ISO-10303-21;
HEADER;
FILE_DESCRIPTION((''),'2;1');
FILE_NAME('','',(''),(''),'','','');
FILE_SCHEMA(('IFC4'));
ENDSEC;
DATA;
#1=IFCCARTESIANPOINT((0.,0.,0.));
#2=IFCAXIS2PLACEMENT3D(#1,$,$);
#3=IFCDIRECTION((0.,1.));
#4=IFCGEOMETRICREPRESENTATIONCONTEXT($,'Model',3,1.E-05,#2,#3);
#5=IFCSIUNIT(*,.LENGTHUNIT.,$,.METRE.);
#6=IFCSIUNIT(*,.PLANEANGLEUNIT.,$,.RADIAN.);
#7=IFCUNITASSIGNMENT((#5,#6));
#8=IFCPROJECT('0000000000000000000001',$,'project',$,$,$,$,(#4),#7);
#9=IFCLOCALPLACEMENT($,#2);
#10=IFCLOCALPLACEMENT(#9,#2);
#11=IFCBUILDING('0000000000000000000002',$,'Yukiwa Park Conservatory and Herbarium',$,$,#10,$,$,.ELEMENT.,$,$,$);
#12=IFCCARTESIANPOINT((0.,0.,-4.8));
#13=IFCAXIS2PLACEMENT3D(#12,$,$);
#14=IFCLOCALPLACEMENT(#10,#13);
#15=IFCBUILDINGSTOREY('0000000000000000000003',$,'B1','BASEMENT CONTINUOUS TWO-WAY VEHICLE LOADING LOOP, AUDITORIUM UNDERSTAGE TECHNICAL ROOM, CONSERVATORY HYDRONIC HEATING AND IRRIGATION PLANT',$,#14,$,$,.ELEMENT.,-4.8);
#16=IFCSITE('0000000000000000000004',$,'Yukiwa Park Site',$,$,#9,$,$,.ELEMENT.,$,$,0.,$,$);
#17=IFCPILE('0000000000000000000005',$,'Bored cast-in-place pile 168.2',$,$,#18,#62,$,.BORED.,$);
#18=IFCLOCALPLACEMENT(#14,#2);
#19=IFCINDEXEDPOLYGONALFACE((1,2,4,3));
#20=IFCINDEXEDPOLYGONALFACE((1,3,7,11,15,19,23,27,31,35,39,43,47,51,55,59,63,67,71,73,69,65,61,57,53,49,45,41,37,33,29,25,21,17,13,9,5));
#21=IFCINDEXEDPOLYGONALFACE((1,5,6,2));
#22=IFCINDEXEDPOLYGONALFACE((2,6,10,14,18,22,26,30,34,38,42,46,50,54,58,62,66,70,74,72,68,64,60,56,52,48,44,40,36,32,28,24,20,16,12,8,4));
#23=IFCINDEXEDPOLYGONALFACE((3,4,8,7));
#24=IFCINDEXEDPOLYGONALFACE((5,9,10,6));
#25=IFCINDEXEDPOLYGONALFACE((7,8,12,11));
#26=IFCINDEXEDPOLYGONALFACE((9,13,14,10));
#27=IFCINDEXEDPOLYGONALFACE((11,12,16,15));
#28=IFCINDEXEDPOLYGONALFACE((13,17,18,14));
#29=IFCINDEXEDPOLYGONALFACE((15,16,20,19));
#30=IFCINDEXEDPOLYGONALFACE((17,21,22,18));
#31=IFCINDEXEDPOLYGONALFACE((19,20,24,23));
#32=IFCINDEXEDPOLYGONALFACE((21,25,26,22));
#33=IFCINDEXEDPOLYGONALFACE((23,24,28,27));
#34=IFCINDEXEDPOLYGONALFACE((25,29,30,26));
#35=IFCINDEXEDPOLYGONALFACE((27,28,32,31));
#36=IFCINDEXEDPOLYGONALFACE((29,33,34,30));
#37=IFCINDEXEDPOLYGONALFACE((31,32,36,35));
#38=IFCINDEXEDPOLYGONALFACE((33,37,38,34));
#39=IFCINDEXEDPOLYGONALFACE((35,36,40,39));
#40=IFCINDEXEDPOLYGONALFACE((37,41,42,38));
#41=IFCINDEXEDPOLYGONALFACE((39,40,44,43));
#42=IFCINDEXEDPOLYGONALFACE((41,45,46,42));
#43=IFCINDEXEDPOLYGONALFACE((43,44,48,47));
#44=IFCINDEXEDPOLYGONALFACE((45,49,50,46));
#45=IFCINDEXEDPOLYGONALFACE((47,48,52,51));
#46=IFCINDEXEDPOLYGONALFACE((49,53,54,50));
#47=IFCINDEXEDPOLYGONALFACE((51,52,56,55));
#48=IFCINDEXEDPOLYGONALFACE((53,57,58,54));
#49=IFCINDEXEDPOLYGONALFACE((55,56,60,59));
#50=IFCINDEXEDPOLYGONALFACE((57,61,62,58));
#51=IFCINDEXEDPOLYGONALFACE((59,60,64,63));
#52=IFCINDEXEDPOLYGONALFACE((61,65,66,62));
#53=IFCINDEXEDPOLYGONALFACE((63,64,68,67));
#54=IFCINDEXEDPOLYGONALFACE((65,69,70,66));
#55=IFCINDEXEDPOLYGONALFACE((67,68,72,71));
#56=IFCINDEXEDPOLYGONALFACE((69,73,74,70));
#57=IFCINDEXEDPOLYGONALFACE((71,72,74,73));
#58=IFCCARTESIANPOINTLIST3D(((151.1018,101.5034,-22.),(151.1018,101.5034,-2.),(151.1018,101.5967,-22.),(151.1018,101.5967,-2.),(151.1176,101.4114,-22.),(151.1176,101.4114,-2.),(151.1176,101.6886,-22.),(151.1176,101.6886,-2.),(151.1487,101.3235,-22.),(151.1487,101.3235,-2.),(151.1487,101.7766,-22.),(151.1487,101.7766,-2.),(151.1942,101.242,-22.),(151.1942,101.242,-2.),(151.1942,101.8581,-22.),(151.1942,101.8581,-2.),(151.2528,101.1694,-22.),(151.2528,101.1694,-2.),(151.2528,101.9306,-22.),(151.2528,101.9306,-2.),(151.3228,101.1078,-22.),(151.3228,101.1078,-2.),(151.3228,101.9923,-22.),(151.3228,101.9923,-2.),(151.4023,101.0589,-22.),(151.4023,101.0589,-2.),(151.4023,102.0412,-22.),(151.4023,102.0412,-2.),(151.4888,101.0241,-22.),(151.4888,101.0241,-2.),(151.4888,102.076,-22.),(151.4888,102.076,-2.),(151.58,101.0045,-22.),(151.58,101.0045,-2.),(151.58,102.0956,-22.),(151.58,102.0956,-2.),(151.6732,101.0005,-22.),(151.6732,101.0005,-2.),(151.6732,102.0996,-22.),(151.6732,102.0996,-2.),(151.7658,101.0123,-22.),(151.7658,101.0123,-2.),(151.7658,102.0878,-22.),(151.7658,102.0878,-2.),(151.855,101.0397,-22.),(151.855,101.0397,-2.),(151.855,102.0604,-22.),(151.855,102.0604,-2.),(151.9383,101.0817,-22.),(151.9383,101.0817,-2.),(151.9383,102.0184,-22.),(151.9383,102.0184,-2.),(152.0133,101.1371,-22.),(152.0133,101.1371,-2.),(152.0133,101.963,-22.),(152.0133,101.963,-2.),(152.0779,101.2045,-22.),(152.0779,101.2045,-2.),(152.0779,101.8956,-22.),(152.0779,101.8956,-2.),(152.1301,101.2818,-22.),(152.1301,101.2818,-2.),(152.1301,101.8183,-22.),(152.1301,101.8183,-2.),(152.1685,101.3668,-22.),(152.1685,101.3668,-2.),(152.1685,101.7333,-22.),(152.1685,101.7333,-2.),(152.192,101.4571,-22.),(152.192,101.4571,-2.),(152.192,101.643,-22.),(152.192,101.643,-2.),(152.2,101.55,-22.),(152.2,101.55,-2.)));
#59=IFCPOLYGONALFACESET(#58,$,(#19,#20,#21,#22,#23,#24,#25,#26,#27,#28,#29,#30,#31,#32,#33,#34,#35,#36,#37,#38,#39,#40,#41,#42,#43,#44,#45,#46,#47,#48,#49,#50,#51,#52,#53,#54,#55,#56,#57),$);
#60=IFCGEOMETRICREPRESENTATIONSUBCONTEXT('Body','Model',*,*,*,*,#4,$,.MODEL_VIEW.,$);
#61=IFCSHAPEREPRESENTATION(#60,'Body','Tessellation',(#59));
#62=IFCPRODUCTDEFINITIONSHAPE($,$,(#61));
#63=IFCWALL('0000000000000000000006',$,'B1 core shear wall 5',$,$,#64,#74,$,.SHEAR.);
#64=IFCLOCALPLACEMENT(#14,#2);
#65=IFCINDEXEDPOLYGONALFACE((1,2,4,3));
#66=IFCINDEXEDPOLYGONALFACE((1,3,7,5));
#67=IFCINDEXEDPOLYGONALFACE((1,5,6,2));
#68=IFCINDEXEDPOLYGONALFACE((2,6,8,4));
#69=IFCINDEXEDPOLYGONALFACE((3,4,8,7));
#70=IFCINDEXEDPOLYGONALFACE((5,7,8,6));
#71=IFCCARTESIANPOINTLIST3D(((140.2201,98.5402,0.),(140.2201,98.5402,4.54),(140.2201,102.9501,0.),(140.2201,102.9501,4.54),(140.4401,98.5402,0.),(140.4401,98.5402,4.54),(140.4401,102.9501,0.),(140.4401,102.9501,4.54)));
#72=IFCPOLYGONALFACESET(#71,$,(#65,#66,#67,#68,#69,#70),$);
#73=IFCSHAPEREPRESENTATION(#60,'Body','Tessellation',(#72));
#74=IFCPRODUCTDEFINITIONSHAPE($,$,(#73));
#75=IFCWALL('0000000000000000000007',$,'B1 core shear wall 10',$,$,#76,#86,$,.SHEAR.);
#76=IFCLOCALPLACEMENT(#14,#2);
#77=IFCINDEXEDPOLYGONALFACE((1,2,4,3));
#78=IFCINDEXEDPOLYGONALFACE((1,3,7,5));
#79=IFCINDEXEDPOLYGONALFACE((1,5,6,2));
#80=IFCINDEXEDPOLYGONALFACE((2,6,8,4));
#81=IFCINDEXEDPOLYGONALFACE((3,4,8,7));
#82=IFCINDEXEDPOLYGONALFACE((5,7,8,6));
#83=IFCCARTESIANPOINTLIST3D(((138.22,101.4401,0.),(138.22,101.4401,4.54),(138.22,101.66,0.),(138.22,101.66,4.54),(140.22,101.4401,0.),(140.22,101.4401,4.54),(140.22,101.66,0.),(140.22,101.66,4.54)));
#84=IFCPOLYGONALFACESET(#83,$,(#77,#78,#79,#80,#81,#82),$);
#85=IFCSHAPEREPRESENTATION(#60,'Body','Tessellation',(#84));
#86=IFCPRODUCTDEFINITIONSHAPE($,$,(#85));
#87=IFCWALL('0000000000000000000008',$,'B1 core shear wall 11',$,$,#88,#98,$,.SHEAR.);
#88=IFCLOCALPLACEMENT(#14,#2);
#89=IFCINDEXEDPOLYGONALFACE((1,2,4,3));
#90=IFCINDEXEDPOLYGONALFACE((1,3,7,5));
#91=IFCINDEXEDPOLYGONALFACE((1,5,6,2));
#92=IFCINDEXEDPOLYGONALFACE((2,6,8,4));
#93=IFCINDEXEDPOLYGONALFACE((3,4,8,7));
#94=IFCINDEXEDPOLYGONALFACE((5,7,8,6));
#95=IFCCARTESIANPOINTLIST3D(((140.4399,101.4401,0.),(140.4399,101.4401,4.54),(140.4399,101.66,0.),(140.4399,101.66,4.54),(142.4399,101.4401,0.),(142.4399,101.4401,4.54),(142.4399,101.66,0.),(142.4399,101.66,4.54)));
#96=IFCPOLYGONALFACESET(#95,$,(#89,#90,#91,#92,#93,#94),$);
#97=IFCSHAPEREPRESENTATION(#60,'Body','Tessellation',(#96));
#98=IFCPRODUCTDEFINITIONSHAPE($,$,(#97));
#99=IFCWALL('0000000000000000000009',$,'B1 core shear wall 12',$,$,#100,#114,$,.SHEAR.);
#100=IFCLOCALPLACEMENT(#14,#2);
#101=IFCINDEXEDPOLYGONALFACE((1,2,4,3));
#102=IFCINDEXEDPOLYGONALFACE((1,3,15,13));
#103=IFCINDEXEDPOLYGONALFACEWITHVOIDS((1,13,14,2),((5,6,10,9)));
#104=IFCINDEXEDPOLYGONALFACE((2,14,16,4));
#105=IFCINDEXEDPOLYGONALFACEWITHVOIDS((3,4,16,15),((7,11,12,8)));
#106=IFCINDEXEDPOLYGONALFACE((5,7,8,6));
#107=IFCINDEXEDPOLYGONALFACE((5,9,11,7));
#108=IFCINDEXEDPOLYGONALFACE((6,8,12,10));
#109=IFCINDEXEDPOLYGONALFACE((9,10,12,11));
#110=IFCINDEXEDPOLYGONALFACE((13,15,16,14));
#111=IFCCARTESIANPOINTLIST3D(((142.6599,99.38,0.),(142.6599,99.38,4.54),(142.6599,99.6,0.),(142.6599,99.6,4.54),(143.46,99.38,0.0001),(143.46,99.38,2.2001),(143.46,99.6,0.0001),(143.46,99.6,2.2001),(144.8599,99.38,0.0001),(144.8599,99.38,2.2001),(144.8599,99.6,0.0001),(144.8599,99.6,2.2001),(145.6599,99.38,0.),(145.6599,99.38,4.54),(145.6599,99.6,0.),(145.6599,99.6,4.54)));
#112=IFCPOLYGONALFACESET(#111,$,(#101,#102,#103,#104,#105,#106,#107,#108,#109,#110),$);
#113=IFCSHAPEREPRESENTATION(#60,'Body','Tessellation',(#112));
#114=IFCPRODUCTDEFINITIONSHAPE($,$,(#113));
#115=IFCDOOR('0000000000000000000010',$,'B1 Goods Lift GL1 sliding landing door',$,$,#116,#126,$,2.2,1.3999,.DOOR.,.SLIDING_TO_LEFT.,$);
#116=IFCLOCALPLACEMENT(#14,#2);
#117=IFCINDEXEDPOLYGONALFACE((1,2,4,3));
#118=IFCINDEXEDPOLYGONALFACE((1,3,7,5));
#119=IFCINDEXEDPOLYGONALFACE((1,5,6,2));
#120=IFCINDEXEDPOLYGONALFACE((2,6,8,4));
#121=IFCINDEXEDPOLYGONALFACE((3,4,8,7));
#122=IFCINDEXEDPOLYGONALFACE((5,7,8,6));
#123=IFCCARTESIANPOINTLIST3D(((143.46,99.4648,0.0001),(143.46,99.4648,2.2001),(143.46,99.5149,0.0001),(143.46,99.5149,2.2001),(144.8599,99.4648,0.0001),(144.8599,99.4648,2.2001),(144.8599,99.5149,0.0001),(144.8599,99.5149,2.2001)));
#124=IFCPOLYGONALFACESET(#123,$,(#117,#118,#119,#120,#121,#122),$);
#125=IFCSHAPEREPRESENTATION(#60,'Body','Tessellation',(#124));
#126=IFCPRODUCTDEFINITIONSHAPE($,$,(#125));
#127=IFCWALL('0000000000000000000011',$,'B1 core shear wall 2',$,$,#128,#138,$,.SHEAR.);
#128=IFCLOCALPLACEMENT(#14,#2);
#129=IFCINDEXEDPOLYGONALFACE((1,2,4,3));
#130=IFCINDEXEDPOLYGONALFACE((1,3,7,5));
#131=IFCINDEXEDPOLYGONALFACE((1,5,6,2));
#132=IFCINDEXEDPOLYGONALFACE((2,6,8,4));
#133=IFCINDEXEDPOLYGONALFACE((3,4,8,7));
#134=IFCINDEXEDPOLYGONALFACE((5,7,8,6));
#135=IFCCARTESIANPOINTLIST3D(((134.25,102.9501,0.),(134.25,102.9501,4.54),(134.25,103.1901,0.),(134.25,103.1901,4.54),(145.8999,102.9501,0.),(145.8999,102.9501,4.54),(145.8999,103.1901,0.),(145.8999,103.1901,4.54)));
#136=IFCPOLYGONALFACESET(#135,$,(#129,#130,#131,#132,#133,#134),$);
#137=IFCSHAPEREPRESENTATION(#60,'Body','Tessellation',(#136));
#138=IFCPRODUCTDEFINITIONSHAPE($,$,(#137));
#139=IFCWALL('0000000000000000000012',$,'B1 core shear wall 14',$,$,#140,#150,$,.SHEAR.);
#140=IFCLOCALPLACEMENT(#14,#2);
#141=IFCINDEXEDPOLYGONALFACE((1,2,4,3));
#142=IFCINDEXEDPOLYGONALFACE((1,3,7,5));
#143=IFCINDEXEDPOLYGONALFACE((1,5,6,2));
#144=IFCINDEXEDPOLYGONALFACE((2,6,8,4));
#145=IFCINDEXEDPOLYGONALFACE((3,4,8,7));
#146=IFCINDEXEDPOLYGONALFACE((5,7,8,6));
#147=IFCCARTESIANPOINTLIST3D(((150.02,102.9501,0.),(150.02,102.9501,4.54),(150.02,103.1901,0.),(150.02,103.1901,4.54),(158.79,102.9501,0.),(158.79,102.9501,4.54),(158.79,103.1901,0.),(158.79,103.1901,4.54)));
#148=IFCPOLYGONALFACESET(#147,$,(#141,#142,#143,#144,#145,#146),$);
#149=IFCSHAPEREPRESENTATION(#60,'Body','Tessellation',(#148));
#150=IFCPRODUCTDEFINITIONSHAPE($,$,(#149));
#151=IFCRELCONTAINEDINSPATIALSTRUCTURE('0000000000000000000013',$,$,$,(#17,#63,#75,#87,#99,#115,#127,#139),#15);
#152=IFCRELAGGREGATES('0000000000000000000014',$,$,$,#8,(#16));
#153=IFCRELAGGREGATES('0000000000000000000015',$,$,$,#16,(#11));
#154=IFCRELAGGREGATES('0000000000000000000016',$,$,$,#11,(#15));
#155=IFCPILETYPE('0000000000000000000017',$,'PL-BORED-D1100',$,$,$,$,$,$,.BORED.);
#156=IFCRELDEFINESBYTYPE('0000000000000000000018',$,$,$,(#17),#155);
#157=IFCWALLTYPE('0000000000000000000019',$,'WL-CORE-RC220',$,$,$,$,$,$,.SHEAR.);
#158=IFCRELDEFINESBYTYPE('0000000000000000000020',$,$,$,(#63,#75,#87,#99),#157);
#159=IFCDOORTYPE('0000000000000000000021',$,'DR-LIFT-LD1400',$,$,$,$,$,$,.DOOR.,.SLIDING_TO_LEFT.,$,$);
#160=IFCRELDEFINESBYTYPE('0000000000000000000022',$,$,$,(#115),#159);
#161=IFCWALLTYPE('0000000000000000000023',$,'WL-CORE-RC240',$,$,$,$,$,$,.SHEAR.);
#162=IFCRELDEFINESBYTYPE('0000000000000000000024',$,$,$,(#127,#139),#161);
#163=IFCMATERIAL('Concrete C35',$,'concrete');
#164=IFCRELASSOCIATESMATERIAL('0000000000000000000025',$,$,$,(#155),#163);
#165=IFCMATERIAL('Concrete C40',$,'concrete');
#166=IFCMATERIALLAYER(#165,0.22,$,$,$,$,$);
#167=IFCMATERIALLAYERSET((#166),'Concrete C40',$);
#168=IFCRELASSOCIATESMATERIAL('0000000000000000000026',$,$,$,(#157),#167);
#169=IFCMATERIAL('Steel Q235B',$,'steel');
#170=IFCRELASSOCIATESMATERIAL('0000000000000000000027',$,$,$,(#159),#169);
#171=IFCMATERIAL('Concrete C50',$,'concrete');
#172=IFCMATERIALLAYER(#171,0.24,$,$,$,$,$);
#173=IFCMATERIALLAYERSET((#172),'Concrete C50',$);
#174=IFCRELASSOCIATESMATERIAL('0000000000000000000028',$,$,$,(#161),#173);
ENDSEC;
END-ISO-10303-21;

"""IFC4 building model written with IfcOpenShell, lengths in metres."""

from ifc_helpers import new_model, si_unit, direction, frame, frame_2d, origin, origin_2d, place, context, subcontext, project, spatial, rectangle, circle, extrude, material, layer, layer_set, material_profile, profile_set, type_object, element, fill, save


model = new_model("IFC4")

# Units and contexts
model_context = context("Model", 3, precision=1e-05, world=origin(), true_north=direction((0.0, 1.0)))
body_context = subcontext(model_context, "Body", "Model", "MODEL_VIEW")
ifc_project = project(units=[si_unit("LENGTHUNIT", "METRE"), si_unit("PLANEANGLEUNIT", "RADIAN")], contexts=[model_context])

# Site, building, storey
site_placement = place(None, origin())
site = spatial("IfcSite", under=ifc_project, at=site_placement, Name="Yukiwa Park Site", CompositionType="ELEMENT", RefElevation=0.0)
building_placement = place(site_placement, origin())
building = spatial("IfcBuilding", under=site, at=building_placement, Name="Yukiwa Park Conservatory and Herbarium", CompositionType="ELEMENT")
storey_placement = place(building_placement, frame((0.0, 0.0, -4.8)))
storey = spatial("IfcBuildingStorey", under=building, at=storey_placement, Name="B1", Description="BASEMENT CONTINUOUS TWO-WAY VEHICLE LOADING LOOP, AUDITORIUM UNDERSTAGE TECHNICAL ROOM, CONSERVATORY HYDRONIC HEATING AND IRRIGATION PLANT", CompositionType="ELEMENT", Elevation=-4.8)

# Pile
ifc_material_1 = material(Name="Concrete C35", Category="concrete")
ifc_material_profile = material_profile(ifc_material_1, circle(Radius=0.55, at=origin_2d()), Name="PILE D1100")
ifc_profile_set = profile_set([ifc_material_profile], Name="Concrete C35")
pile_type = type_object("IfcPileType", Name="PL-BORED-D1100", PredefinedType="BORED", material=ifc_profile_set)
for number, where, z_axis, x_axis, name in (
    (1, (151.6499, 101.55, -2.0), (0.0, 0.0, -1.0), (1.0, 0.0, 0.0), "Bored cast-in-place pile 168.2"),
):
    element("IfcPile", number, at=place(storey_placement, frame(where, z_axis=z_axis, x_axis=x_axis)), inside=storey, type_object=pile_type, Name=name, PredefinedType="BORED", context=body_context, shape_type="SweptSolid", body=[
        extrude(circle(Radius=0.55, at=origin_2d()), origin(), (0.0, 0.0, 1.0), 20.0),
    ])

# Wall
ifc_material_2 = material(Name="Concrete C40", Category="concrete")
ifc_layer_1 = layer(ifc_material_2, 0.22)
ifc_layer_set_1 = layer_set([ifc_layer_1], Name="Concrete C40")
wall_type_1 = type_object("IfcWallType", Name="WL-CORE-RC220", PredefinedType="SHEAR", material=ifc_layer_set_1)
wall_1_placement = place(storey_placement, frame((140.3301, 98.54, 0.0), z_axis=(0.0, 0.0, 1.0), x_axis=(0.0, 1.0, 0.0)))
element("IfcWall", 2, at=wall_1_placement, inside=storey, type_object=wall_type_1, Name="B1 core shear wall 5", PredefinedType="SHEAR", context=body_context, shape_type="SweptSolid", body=[
    extrude(rectangle(XDim=4.4099, YDim=0.22, at=frame_2d((2.2051, 0.0))), origin(), (0.0, 0.0, 1.0), 4.54),
])

# Walls
for number, where, z_axis, x_axis, name in (
    (3, (138.22, 101.55, 0.0), (0.0, 0.0, 1.0), (1.0, 0.0, 0.0), "B1 core shear wall 10"),
    (4, (140.4399, 101.55, 0.0), (0.0, 0.0, 1.0), (1.0, 0.0, 0.0), "B1 core shear wall 11"),
):
    element("IfcWall", number, at=place(storey_placement, frame(where, z_axis=z_axis, x_axis=x_axis)), inside=storey, type_object=wall_type_1, Name=name, PredefinedType="SHEAR", context=body_context, shape_type="SweptSolid", body=[
        extrude(rectangle(XDim=2.0, YDim=0.22, at=frame_2d((1.0, 0.0))), origin(), (0.0, 0.0, 1.0), 4.54),
    ])

# Wall, opening, door
wall_2_placement = place(storey_placement, frame((142.6599, 99.49, 0.0), z_axis=(0.0, 0.0, 1.0), x_axis=(1.0, 0.0, 0.0)))
wall_2 = element("IfcWall", 5, at=wall_2_placement, inside=storey, type_object=wall_type_1, Name="B1 core shear wall 12", PredefinedType="SHEAR", context=body_context, shape_type="SweptSolid", body=[
    extrude(rectangle(XDim=3.0, YDim=0.22, at=frame_2d((1.5, 0.0))), origin(), (0.0, 0.0, 1.0), 4.54),
])
opening_1_placement = place(wall_2_placement, frame((0.8, 0.0, 0.0)))
opening_1 = element("IfcOpeningElement", 6, at=opening_1_placement, cuts=wall_2, PredefinedType="OPENING", context=body_context, shape_type="SweptSolid", body=[
    extrude(rectangle(XDim=1.3999, YDim=2.2, at=frame_2d((0.7, 1.1001))), frame((0.0, 0.1201, 0.0), z_axis=(0.0, -1.0, 0.0), x_axis=(1.0, 0.0, 0.0)), (0.0, 0.0, 1.0), 0.24),
])
ifc_material_3 = material(Name="Steel Q235B", Category="steel")
door_type_1 = type_object("IfcDoorType", Name="DR-LIFT-LD1400", OperationType="SLIDING_TO_LEFT", PredefinedType="DOOR", material=ifc_material_3)
door_1_placement = place(opening_1_placement, origin())
door_1 = element("IfcDoor", 7, at=door_1_placement, inside=storey, type_object=door_type_1, Name="B1 Goods Lift GL1 sliding landing door", OperationType="SLIDING_TO_LEFT", OverallHeight=2.2, OverallWidth=1.3999, PredefinedType="DOOR", context=body_context, shape_type="SweptSolid", body=[
    extrude(rectangle(XDim=1.3999, YDim=2.2, at=frame_2d((0.7, 1.1001))), frame((0.0, 0.0249, 0.0), z_axis=(0.0, -1.0, 0.0), x_axis=(1.0, 0.0, 0.0)), (0.0, 0.0, 1.0), 0.05),
])
fill(opening_1, door_1)

# Walls
ifc_material_4 = material(Name="Concrete C50", Category="concrete")
ifc_layer_2 = layer(ifc_material_4, 0.24)
ifc_layer_set_2 = layer_set([ifc_layer_2], Name="Concrete C50")
wall_type_2 = type_object("IfcWallType", Name="WL-CORE-RC240", PredefinedType="SHEAR", material=ifc_layer_set_2)
wall_3_placement = place(storey_placement, frame((134.25, 103.0701, 0.0), z_axis=(0.0, 0.0, 1.0), x_axis=(1.0, 0.0, 0.0)))
element("IfcWall", 8, at=wall_3_placement, inside=storey, type_object=wall_type_2, Name="B1 core shear wall 2", PredefinedType="SHEAR", context=body_context, shape_type="SweptSolid", body=[
    extrude(rectangle(XDim=11.6499, YDim=0.24, at=frame_2d((5.825, 0.0))), origin(), (0.0, 0.0, 1.0), 4.54),
])
wall_4_placement = place(storey_placement, frame((150.02, 103.0701, 0.0), z_axis=(0.0, 0.0, 1.0), x_axis=(1.0, 0.0, 0.0)))
element("IfcWall", 9, at=wall_4_placement, inside=storey, type_object=wall_type_2, Name="B1 core shear wall 14", PredefinedType="SHEAR", context=body_context, shape_type="SweptSolid", body=[
    extrude(rectangle(XDim=8.77, YDim=0.24, at=frame_2d((4.385, 0.0))), origin(), (0.0, 0.0, 1.0), 4.54),
])

save(model, "model.ifc")
